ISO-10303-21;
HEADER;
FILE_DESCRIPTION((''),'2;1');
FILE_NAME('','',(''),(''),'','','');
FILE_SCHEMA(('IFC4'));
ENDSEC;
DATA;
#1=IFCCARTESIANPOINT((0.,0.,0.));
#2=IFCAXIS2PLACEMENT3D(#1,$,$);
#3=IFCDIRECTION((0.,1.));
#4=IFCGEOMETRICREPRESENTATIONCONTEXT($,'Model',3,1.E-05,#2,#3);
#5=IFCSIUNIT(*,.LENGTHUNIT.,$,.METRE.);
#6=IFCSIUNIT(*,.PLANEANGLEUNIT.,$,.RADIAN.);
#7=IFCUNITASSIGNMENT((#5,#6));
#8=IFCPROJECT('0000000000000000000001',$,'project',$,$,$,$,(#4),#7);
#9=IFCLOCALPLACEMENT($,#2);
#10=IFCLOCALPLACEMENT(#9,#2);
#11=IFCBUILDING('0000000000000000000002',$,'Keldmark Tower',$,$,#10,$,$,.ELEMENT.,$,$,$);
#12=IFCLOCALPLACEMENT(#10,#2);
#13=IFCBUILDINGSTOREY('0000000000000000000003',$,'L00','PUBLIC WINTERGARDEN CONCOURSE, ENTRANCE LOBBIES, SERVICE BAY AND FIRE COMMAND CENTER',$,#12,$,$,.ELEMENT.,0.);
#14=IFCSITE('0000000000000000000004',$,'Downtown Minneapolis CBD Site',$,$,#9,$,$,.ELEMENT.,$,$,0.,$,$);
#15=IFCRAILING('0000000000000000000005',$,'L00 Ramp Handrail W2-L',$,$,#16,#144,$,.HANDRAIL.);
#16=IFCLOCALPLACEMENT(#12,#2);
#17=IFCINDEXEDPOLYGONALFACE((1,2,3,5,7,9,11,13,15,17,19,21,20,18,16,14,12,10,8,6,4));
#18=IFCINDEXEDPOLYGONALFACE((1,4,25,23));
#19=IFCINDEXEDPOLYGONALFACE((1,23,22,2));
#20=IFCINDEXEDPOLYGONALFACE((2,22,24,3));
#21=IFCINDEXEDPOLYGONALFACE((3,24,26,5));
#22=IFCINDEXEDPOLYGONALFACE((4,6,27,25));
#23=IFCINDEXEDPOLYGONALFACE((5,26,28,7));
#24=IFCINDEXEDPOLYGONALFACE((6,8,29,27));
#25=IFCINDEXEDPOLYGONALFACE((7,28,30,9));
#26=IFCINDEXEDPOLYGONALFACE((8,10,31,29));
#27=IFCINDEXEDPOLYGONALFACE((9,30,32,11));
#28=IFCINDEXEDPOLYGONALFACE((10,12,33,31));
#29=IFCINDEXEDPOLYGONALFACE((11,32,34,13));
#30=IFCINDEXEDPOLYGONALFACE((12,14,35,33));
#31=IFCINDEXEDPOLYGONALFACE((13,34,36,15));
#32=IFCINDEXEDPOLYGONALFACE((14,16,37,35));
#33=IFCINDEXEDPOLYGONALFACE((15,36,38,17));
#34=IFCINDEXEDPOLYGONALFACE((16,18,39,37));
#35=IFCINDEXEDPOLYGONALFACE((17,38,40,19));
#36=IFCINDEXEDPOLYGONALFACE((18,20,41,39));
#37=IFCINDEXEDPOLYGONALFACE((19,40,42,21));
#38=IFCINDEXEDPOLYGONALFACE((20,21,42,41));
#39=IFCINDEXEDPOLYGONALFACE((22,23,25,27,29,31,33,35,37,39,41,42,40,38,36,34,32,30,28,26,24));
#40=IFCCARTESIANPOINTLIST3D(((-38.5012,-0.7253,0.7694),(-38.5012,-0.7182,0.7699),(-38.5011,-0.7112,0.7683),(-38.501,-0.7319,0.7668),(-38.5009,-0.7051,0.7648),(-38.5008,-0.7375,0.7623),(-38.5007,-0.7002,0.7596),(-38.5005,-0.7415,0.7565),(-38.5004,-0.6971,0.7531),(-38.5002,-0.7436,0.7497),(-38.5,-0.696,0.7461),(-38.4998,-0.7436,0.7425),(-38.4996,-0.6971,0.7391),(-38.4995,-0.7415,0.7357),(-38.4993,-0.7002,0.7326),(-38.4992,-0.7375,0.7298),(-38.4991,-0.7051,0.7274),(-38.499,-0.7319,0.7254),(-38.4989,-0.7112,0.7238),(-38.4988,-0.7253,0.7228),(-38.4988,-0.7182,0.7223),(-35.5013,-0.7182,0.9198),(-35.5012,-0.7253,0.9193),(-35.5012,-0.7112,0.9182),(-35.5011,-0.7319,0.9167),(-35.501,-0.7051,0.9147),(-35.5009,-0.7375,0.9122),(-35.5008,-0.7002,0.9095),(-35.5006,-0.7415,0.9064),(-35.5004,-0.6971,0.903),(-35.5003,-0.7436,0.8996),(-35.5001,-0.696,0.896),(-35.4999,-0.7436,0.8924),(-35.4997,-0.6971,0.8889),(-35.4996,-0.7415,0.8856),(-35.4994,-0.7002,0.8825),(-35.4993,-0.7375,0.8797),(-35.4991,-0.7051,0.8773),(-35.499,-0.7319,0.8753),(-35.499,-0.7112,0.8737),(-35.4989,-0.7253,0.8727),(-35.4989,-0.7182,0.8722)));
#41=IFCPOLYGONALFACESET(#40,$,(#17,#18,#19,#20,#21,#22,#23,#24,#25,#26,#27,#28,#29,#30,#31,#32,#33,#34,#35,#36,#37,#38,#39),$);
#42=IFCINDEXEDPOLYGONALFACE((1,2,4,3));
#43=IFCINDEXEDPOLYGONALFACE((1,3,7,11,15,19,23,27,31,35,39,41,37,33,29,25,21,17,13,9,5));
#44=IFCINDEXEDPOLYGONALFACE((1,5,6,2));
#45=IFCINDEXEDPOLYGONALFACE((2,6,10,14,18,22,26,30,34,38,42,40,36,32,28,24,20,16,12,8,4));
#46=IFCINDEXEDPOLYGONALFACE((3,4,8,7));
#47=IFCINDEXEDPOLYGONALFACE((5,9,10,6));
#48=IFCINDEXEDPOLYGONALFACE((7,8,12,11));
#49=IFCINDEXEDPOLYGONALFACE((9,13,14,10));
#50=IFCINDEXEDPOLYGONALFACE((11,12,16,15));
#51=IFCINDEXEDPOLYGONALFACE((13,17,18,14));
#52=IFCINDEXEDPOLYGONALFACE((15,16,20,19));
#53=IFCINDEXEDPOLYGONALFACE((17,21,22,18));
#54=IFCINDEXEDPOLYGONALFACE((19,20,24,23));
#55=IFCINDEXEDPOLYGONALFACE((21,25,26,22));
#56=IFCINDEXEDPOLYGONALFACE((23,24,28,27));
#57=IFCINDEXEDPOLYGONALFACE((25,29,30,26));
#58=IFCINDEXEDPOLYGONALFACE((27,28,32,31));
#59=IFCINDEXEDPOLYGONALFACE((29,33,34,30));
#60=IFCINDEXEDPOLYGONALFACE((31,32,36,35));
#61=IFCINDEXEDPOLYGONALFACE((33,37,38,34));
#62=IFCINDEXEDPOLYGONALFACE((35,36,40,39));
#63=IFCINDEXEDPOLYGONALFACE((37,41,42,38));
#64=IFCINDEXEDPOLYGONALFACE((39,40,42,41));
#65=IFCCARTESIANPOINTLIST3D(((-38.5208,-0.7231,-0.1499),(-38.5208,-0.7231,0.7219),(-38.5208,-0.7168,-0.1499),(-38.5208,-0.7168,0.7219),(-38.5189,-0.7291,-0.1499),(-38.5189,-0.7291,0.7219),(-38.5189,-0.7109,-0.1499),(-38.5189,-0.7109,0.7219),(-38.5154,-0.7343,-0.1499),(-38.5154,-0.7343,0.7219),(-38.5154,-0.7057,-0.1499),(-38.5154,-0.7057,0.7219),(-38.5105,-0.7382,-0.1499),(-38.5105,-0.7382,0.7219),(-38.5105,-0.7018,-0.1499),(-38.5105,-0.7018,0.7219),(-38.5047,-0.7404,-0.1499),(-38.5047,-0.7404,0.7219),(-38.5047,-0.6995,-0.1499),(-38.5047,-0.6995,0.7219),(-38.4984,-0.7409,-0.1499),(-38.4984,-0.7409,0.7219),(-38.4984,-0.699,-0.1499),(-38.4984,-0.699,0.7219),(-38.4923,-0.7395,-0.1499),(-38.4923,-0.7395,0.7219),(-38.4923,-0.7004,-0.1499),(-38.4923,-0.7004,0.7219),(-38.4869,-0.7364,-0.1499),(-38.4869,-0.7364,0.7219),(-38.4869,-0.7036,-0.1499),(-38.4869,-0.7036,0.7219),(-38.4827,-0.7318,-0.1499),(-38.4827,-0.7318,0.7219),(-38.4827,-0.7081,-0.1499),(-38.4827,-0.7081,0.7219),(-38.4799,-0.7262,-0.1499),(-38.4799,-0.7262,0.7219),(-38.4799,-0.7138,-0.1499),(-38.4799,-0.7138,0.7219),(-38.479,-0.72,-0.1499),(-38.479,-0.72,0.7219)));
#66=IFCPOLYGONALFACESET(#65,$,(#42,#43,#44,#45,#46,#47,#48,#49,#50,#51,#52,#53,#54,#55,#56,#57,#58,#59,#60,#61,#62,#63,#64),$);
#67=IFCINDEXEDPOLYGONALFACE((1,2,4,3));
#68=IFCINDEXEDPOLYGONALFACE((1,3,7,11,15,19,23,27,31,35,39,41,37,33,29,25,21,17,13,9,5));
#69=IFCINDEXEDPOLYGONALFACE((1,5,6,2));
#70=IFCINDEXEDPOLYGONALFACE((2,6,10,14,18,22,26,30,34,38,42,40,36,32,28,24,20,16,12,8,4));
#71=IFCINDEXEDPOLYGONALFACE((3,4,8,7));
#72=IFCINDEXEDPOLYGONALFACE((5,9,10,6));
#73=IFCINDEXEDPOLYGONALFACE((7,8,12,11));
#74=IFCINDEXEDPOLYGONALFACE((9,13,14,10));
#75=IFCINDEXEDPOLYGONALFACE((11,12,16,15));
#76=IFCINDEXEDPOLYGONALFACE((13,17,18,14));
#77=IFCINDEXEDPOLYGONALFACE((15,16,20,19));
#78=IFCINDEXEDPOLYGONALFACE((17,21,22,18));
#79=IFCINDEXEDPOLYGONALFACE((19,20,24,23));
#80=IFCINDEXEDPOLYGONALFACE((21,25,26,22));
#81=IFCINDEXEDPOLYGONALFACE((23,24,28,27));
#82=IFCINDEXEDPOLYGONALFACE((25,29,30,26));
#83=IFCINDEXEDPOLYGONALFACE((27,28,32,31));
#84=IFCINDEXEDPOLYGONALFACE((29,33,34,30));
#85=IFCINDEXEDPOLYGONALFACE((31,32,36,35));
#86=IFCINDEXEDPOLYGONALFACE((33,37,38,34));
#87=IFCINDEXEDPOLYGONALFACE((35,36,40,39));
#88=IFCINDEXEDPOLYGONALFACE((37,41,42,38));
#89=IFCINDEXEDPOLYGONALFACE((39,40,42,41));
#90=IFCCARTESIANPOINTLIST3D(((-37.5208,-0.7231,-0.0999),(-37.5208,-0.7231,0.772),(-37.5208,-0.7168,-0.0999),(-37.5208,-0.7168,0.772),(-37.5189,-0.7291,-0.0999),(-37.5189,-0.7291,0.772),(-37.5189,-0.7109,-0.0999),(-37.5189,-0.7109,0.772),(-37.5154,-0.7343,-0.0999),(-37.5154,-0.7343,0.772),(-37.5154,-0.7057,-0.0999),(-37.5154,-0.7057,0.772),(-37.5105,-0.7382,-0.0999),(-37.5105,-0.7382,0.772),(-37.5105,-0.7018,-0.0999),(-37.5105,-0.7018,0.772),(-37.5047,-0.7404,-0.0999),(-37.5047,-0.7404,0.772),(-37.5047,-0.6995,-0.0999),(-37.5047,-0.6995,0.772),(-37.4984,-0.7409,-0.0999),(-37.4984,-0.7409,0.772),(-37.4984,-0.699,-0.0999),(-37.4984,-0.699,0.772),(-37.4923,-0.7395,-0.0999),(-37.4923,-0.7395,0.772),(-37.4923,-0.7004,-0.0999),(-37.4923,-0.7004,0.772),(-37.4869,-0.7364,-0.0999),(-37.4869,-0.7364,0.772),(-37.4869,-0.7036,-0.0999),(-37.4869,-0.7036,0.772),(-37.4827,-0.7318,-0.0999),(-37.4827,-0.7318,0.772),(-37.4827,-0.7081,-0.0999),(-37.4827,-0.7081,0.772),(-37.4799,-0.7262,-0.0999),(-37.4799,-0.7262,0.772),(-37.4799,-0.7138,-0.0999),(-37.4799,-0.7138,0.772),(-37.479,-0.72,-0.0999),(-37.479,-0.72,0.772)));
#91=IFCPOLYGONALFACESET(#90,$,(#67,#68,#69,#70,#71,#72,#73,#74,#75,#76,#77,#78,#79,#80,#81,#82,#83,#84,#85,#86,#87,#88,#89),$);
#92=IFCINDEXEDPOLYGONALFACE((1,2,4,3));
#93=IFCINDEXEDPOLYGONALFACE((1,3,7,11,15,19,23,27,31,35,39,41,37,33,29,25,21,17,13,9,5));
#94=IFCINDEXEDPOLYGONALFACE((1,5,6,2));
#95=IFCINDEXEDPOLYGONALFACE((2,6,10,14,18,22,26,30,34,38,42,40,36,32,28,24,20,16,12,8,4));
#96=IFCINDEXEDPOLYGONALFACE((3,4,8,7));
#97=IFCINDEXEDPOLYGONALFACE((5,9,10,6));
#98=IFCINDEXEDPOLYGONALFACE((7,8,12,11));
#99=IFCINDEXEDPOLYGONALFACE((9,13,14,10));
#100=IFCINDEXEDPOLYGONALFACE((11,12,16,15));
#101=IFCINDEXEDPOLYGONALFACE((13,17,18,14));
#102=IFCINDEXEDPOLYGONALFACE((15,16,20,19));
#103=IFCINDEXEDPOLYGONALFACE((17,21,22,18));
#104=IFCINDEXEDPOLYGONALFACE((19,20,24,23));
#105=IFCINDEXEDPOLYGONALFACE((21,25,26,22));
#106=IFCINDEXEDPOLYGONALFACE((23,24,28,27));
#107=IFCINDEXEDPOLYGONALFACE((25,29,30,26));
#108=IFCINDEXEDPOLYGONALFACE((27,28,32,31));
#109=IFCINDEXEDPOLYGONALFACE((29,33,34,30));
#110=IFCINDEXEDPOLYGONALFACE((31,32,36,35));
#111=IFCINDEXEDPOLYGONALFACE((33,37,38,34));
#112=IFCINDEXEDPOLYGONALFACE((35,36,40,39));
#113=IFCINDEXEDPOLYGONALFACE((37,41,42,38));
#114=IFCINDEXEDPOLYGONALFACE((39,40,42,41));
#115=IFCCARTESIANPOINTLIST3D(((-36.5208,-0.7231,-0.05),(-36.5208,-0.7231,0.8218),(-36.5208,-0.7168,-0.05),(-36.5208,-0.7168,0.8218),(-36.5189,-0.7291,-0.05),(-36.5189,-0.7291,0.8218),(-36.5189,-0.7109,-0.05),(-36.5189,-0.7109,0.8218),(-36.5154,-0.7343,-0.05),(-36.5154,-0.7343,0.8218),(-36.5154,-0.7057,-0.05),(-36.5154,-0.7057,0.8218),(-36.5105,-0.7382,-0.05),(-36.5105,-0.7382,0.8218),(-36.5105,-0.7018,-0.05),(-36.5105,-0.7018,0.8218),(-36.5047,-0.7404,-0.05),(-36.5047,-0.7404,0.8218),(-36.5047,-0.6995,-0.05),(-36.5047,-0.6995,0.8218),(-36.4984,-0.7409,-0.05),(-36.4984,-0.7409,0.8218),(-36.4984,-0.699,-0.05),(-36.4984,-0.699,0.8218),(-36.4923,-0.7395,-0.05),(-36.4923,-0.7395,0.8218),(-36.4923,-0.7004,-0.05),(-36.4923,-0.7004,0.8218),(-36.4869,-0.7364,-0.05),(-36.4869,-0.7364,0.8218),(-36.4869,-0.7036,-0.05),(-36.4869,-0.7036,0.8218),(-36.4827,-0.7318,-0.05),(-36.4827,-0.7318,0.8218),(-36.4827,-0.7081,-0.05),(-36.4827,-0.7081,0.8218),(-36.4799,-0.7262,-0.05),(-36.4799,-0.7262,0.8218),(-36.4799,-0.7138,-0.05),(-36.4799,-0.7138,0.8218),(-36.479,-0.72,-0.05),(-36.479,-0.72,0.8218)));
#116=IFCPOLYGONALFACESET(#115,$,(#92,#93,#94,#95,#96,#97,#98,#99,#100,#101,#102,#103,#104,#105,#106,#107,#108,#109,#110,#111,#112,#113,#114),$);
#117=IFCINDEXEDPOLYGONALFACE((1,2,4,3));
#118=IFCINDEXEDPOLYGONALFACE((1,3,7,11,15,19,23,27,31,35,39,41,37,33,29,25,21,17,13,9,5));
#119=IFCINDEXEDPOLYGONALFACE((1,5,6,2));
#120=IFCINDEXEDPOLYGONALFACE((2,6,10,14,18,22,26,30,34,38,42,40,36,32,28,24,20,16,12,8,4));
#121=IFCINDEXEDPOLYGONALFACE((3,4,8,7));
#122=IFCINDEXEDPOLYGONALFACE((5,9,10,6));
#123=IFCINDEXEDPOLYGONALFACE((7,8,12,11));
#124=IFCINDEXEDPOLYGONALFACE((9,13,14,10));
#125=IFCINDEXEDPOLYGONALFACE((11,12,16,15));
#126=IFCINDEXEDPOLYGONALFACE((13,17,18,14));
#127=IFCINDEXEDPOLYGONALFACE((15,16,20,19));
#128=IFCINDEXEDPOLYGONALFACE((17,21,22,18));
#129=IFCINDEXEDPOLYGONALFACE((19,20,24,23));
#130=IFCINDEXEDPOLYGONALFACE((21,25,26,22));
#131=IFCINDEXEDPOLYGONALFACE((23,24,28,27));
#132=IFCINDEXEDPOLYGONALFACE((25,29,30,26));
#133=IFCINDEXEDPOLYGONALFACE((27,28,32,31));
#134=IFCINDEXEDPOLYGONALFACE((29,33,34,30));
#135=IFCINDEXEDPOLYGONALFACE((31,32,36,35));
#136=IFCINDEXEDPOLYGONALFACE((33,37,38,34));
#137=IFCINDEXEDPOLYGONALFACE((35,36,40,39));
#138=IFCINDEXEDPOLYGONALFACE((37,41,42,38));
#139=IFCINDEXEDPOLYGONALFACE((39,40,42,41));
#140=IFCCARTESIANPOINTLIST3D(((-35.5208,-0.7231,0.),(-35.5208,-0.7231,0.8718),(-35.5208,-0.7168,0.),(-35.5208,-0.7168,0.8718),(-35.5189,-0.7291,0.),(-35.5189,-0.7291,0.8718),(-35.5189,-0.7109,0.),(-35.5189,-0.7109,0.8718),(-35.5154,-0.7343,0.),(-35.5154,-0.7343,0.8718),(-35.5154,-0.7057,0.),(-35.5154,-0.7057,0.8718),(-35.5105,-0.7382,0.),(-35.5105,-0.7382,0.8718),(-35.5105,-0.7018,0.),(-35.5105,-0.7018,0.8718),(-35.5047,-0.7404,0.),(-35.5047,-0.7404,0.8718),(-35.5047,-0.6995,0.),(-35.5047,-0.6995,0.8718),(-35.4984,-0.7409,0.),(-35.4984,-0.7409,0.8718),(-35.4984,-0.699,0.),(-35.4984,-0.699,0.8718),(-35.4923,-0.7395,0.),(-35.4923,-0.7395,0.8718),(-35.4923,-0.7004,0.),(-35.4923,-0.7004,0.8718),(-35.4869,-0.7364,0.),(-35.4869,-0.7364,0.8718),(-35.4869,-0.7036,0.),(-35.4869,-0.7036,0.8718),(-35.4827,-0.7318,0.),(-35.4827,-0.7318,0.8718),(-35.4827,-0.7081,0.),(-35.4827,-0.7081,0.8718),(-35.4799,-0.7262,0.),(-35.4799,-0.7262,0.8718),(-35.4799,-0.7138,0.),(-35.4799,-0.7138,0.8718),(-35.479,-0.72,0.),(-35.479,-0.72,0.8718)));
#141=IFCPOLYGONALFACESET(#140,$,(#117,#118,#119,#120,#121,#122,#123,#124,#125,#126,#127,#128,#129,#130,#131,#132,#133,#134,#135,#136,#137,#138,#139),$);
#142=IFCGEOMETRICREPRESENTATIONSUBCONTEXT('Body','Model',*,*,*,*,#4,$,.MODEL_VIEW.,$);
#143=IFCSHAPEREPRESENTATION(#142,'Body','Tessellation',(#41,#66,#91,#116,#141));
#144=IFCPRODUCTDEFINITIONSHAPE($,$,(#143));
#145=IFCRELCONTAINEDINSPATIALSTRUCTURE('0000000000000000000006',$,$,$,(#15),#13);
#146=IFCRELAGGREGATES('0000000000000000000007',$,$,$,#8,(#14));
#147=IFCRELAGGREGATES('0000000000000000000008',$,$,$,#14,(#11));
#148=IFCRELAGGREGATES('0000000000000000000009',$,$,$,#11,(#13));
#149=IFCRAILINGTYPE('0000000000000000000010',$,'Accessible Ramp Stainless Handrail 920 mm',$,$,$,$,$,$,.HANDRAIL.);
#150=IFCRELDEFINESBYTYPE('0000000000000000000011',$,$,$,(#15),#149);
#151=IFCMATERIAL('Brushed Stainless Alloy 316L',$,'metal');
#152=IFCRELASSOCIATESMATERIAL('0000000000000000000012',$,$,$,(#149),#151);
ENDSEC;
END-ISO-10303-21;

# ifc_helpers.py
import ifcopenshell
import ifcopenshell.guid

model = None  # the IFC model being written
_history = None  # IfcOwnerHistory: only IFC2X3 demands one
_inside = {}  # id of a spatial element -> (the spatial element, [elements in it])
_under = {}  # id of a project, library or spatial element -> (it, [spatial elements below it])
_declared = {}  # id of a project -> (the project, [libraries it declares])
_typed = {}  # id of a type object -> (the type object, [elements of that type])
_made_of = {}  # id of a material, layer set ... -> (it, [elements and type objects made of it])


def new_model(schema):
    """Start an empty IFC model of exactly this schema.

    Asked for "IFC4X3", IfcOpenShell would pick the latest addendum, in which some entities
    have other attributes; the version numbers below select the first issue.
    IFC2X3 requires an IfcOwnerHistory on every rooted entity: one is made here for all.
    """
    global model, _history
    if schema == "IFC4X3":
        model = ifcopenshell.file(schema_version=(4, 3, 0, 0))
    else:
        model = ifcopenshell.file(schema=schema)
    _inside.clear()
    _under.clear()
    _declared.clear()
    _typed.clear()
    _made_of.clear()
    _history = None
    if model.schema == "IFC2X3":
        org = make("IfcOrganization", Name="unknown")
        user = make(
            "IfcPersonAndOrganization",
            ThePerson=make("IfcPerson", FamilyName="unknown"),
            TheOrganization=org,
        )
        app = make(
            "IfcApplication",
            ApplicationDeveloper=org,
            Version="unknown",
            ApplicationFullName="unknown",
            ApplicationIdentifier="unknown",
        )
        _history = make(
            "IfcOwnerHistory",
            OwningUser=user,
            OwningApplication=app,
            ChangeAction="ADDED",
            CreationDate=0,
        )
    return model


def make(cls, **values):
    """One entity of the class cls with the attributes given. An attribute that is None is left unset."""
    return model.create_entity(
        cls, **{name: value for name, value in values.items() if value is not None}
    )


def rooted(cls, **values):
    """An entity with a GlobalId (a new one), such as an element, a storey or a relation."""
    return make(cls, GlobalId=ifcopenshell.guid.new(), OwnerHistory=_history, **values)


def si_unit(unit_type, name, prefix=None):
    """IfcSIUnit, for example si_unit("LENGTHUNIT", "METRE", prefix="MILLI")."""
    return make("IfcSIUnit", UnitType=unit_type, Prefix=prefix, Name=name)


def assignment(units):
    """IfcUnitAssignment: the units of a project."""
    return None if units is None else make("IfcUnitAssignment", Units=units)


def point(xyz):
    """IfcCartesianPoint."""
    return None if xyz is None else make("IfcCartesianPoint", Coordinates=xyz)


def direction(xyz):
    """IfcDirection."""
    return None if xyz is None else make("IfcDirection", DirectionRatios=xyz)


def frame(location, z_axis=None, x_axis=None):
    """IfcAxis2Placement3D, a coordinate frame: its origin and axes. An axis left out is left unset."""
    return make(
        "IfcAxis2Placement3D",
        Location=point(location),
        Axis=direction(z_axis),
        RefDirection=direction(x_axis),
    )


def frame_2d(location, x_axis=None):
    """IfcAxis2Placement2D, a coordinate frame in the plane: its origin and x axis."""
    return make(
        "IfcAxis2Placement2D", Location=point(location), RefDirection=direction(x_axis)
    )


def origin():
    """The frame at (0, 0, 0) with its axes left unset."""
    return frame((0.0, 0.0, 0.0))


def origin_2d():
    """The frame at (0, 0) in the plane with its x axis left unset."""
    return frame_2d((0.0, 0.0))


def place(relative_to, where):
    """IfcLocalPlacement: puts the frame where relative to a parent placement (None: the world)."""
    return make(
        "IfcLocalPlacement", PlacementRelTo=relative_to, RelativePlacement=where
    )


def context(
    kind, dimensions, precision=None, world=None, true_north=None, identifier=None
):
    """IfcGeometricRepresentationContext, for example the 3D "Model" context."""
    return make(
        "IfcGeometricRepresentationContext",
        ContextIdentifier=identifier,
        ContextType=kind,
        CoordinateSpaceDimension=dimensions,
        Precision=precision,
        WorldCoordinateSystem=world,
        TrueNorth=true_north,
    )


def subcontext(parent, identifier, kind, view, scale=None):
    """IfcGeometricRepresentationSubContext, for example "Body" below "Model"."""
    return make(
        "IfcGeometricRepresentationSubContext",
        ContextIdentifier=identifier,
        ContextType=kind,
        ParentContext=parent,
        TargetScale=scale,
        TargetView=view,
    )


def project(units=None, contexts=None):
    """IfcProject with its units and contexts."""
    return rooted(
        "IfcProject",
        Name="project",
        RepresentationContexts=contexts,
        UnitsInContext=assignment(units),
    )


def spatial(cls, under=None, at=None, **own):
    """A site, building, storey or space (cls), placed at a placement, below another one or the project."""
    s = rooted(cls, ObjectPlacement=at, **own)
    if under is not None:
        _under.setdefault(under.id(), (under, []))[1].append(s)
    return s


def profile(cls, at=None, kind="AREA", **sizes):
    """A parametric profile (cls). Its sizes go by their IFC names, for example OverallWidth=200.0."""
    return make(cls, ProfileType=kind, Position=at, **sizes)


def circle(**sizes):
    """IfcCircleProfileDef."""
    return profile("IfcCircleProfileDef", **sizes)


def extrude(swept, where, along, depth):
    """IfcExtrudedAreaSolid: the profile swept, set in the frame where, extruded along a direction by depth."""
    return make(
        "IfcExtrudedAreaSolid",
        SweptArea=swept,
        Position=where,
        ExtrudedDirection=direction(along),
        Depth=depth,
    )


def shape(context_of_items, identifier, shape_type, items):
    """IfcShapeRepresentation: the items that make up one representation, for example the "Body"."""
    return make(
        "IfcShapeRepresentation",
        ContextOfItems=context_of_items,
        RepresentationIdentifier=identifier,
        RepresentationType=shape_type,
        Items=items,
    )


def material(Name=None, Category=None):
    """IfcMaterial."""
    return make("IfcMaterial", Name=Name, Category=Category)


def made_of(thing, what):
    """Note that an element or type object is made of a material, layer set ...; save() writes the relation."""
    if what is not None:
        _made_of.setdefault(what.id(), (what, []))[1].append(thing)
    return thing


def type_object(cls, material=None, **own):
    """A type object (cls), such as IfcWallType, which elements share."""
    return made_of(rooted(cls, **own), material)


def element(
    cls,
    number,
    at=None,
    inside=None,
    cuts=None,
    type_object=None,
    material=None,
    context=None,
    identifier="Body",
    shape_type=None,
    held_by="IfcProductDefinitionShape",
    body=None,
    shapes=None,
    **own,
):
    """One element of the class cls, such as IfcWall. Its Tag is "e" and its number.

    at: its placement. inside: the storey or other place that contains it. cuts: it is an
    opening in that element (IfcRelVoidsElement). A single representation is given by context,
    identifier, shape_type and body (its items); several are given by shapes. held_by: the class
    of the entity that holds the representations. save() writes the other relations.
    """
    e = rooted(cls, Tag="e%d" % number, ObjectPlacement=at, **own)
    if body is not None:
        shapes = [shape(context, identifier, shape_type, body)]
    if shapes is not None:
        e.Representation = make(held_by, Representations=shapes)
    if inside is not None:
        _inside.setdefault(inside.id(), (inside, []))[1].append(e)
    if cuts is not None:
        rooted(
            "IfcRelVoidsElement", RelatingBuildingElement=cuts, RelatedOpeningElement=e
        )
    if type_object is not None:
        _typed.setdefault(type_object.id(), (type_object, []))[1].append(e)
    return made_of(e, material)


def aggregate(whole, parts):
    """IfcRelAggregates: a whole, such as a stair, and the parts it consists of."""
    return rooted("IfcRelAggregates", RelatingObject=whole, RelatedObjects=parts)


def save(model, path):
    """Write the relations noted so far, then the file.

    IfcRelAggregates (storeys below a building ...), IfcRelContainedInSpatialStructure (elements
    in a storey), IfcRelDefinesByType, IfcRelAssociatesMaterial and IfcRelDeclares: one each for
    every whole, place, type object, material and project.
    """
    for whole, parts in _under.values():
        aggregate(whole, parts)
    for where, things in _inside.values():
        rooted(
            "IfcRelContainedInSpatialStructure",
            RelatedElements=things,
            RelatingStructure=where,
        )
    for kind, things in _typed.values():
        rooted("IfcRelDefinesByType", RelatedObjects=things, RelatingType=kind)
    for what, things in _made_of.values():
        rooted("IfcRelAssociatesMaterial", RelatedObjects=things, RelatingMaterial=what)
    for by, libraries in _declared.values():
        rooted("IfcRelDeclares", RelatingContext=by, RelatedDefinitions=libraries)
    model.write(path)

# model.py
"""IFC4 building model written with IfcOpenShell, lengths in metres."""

from ifc_helpers import new_model, si_unit, direction, frame, origin, origin_2d, place, context, subcontext, project, spatial, circle, extrude, material, type_object, element, save


model = new_model("IFC4")

# Units and contexts
model_context = context("Model", 3, precision=1e-05, world=origin(), true_north=direction((0.0, 1.0)))
body_context = subcontext(model_context, "Body", "Model", "MODEL_VIEW")
ifc_project = project(units=[si_unit("LENGTHUNIT", "METRE"), si_unit("PLANEANGLEUNIT", "RADIAN")], contexts=[model_context])

# Site, building, storey
site_placement = place(None, origin())
site = spatial("IfcSite", under=ifc_project, at=site_placement, Name="Downtown Minneapolis CBD Site", CompositionType="ELEMENT", RefElevation=0.0)
building_placement = place(site_placement, origin())
building = spatial("IfcBuilding", under=site, at=building_placement, Name="Keldmark Tower", CompositionType="ELEMENT")
storey_placement = place(building_placement, origin())
storey = spatial("IfcBuildingStorey", under=building, at=storey_placement, Name="L00", Description="PUBLIC WINTERGARDEN CONCOURSE, ENTRANCE LOBBIES, SERVICE BAY AND FIRE COMMAND CENTER", CompositionType="ELEMENT", Elevation=0.0)

# Railing
ifc_material_1 = material(Name="Brushed Stainless Alloy 316L", Category="metal")
railing_type = type_object("IfcRailingType", Name="Accessible Ramp Stainless Handrail 920 mm", PredefinedType="HANDRAIL", material=ifc_material_1)
for number, where, name in (
    (1, (-38.5, -0.72, -0.1499), "L00 Ramp Handrail W2-L"),
):
    element("IfcRailing", number, at=place(storey_placement, frame(where)), inside=storey, type_object=railing_type, Name=name, PredefinedType="HANDRAIL", context=body_context, shape_type="SweptSolid", body=[
        extrude(circle(Radius=0.0239, at=origin_2d()), frame((0.0, 0.0, 0.896), z_axis=(0.998754, 0.0, 0.049905), x_axis=(0.0, 1.0, 0.0)), (0.0, 0.0, 1.0), 3.0037),
        extrude(circle(Radius=0.021, at=origin_2d()), origin(), (0.0, 0.0, 1.0), 0.8718),
        extrude(circle(Radius=0.021, at=origin_2d()), frame((1.0, 0.0, 0.05)), (0.0, 0.0, 1.0), 0.8718),
        extrude(circle(Radius=0.021, at=origin_2d()), frame((2.0, 0.0, 0.0999)), (0.0, 0.0, 1.0), 0.8718),
        extrude(circle(Radius=0.021, at=origin_2d()), frame((3.0, 0.0, 0.1499)), (0.0, 0.0, 1.0), 0.8718),
    ])

save(model, "model.ifc")
